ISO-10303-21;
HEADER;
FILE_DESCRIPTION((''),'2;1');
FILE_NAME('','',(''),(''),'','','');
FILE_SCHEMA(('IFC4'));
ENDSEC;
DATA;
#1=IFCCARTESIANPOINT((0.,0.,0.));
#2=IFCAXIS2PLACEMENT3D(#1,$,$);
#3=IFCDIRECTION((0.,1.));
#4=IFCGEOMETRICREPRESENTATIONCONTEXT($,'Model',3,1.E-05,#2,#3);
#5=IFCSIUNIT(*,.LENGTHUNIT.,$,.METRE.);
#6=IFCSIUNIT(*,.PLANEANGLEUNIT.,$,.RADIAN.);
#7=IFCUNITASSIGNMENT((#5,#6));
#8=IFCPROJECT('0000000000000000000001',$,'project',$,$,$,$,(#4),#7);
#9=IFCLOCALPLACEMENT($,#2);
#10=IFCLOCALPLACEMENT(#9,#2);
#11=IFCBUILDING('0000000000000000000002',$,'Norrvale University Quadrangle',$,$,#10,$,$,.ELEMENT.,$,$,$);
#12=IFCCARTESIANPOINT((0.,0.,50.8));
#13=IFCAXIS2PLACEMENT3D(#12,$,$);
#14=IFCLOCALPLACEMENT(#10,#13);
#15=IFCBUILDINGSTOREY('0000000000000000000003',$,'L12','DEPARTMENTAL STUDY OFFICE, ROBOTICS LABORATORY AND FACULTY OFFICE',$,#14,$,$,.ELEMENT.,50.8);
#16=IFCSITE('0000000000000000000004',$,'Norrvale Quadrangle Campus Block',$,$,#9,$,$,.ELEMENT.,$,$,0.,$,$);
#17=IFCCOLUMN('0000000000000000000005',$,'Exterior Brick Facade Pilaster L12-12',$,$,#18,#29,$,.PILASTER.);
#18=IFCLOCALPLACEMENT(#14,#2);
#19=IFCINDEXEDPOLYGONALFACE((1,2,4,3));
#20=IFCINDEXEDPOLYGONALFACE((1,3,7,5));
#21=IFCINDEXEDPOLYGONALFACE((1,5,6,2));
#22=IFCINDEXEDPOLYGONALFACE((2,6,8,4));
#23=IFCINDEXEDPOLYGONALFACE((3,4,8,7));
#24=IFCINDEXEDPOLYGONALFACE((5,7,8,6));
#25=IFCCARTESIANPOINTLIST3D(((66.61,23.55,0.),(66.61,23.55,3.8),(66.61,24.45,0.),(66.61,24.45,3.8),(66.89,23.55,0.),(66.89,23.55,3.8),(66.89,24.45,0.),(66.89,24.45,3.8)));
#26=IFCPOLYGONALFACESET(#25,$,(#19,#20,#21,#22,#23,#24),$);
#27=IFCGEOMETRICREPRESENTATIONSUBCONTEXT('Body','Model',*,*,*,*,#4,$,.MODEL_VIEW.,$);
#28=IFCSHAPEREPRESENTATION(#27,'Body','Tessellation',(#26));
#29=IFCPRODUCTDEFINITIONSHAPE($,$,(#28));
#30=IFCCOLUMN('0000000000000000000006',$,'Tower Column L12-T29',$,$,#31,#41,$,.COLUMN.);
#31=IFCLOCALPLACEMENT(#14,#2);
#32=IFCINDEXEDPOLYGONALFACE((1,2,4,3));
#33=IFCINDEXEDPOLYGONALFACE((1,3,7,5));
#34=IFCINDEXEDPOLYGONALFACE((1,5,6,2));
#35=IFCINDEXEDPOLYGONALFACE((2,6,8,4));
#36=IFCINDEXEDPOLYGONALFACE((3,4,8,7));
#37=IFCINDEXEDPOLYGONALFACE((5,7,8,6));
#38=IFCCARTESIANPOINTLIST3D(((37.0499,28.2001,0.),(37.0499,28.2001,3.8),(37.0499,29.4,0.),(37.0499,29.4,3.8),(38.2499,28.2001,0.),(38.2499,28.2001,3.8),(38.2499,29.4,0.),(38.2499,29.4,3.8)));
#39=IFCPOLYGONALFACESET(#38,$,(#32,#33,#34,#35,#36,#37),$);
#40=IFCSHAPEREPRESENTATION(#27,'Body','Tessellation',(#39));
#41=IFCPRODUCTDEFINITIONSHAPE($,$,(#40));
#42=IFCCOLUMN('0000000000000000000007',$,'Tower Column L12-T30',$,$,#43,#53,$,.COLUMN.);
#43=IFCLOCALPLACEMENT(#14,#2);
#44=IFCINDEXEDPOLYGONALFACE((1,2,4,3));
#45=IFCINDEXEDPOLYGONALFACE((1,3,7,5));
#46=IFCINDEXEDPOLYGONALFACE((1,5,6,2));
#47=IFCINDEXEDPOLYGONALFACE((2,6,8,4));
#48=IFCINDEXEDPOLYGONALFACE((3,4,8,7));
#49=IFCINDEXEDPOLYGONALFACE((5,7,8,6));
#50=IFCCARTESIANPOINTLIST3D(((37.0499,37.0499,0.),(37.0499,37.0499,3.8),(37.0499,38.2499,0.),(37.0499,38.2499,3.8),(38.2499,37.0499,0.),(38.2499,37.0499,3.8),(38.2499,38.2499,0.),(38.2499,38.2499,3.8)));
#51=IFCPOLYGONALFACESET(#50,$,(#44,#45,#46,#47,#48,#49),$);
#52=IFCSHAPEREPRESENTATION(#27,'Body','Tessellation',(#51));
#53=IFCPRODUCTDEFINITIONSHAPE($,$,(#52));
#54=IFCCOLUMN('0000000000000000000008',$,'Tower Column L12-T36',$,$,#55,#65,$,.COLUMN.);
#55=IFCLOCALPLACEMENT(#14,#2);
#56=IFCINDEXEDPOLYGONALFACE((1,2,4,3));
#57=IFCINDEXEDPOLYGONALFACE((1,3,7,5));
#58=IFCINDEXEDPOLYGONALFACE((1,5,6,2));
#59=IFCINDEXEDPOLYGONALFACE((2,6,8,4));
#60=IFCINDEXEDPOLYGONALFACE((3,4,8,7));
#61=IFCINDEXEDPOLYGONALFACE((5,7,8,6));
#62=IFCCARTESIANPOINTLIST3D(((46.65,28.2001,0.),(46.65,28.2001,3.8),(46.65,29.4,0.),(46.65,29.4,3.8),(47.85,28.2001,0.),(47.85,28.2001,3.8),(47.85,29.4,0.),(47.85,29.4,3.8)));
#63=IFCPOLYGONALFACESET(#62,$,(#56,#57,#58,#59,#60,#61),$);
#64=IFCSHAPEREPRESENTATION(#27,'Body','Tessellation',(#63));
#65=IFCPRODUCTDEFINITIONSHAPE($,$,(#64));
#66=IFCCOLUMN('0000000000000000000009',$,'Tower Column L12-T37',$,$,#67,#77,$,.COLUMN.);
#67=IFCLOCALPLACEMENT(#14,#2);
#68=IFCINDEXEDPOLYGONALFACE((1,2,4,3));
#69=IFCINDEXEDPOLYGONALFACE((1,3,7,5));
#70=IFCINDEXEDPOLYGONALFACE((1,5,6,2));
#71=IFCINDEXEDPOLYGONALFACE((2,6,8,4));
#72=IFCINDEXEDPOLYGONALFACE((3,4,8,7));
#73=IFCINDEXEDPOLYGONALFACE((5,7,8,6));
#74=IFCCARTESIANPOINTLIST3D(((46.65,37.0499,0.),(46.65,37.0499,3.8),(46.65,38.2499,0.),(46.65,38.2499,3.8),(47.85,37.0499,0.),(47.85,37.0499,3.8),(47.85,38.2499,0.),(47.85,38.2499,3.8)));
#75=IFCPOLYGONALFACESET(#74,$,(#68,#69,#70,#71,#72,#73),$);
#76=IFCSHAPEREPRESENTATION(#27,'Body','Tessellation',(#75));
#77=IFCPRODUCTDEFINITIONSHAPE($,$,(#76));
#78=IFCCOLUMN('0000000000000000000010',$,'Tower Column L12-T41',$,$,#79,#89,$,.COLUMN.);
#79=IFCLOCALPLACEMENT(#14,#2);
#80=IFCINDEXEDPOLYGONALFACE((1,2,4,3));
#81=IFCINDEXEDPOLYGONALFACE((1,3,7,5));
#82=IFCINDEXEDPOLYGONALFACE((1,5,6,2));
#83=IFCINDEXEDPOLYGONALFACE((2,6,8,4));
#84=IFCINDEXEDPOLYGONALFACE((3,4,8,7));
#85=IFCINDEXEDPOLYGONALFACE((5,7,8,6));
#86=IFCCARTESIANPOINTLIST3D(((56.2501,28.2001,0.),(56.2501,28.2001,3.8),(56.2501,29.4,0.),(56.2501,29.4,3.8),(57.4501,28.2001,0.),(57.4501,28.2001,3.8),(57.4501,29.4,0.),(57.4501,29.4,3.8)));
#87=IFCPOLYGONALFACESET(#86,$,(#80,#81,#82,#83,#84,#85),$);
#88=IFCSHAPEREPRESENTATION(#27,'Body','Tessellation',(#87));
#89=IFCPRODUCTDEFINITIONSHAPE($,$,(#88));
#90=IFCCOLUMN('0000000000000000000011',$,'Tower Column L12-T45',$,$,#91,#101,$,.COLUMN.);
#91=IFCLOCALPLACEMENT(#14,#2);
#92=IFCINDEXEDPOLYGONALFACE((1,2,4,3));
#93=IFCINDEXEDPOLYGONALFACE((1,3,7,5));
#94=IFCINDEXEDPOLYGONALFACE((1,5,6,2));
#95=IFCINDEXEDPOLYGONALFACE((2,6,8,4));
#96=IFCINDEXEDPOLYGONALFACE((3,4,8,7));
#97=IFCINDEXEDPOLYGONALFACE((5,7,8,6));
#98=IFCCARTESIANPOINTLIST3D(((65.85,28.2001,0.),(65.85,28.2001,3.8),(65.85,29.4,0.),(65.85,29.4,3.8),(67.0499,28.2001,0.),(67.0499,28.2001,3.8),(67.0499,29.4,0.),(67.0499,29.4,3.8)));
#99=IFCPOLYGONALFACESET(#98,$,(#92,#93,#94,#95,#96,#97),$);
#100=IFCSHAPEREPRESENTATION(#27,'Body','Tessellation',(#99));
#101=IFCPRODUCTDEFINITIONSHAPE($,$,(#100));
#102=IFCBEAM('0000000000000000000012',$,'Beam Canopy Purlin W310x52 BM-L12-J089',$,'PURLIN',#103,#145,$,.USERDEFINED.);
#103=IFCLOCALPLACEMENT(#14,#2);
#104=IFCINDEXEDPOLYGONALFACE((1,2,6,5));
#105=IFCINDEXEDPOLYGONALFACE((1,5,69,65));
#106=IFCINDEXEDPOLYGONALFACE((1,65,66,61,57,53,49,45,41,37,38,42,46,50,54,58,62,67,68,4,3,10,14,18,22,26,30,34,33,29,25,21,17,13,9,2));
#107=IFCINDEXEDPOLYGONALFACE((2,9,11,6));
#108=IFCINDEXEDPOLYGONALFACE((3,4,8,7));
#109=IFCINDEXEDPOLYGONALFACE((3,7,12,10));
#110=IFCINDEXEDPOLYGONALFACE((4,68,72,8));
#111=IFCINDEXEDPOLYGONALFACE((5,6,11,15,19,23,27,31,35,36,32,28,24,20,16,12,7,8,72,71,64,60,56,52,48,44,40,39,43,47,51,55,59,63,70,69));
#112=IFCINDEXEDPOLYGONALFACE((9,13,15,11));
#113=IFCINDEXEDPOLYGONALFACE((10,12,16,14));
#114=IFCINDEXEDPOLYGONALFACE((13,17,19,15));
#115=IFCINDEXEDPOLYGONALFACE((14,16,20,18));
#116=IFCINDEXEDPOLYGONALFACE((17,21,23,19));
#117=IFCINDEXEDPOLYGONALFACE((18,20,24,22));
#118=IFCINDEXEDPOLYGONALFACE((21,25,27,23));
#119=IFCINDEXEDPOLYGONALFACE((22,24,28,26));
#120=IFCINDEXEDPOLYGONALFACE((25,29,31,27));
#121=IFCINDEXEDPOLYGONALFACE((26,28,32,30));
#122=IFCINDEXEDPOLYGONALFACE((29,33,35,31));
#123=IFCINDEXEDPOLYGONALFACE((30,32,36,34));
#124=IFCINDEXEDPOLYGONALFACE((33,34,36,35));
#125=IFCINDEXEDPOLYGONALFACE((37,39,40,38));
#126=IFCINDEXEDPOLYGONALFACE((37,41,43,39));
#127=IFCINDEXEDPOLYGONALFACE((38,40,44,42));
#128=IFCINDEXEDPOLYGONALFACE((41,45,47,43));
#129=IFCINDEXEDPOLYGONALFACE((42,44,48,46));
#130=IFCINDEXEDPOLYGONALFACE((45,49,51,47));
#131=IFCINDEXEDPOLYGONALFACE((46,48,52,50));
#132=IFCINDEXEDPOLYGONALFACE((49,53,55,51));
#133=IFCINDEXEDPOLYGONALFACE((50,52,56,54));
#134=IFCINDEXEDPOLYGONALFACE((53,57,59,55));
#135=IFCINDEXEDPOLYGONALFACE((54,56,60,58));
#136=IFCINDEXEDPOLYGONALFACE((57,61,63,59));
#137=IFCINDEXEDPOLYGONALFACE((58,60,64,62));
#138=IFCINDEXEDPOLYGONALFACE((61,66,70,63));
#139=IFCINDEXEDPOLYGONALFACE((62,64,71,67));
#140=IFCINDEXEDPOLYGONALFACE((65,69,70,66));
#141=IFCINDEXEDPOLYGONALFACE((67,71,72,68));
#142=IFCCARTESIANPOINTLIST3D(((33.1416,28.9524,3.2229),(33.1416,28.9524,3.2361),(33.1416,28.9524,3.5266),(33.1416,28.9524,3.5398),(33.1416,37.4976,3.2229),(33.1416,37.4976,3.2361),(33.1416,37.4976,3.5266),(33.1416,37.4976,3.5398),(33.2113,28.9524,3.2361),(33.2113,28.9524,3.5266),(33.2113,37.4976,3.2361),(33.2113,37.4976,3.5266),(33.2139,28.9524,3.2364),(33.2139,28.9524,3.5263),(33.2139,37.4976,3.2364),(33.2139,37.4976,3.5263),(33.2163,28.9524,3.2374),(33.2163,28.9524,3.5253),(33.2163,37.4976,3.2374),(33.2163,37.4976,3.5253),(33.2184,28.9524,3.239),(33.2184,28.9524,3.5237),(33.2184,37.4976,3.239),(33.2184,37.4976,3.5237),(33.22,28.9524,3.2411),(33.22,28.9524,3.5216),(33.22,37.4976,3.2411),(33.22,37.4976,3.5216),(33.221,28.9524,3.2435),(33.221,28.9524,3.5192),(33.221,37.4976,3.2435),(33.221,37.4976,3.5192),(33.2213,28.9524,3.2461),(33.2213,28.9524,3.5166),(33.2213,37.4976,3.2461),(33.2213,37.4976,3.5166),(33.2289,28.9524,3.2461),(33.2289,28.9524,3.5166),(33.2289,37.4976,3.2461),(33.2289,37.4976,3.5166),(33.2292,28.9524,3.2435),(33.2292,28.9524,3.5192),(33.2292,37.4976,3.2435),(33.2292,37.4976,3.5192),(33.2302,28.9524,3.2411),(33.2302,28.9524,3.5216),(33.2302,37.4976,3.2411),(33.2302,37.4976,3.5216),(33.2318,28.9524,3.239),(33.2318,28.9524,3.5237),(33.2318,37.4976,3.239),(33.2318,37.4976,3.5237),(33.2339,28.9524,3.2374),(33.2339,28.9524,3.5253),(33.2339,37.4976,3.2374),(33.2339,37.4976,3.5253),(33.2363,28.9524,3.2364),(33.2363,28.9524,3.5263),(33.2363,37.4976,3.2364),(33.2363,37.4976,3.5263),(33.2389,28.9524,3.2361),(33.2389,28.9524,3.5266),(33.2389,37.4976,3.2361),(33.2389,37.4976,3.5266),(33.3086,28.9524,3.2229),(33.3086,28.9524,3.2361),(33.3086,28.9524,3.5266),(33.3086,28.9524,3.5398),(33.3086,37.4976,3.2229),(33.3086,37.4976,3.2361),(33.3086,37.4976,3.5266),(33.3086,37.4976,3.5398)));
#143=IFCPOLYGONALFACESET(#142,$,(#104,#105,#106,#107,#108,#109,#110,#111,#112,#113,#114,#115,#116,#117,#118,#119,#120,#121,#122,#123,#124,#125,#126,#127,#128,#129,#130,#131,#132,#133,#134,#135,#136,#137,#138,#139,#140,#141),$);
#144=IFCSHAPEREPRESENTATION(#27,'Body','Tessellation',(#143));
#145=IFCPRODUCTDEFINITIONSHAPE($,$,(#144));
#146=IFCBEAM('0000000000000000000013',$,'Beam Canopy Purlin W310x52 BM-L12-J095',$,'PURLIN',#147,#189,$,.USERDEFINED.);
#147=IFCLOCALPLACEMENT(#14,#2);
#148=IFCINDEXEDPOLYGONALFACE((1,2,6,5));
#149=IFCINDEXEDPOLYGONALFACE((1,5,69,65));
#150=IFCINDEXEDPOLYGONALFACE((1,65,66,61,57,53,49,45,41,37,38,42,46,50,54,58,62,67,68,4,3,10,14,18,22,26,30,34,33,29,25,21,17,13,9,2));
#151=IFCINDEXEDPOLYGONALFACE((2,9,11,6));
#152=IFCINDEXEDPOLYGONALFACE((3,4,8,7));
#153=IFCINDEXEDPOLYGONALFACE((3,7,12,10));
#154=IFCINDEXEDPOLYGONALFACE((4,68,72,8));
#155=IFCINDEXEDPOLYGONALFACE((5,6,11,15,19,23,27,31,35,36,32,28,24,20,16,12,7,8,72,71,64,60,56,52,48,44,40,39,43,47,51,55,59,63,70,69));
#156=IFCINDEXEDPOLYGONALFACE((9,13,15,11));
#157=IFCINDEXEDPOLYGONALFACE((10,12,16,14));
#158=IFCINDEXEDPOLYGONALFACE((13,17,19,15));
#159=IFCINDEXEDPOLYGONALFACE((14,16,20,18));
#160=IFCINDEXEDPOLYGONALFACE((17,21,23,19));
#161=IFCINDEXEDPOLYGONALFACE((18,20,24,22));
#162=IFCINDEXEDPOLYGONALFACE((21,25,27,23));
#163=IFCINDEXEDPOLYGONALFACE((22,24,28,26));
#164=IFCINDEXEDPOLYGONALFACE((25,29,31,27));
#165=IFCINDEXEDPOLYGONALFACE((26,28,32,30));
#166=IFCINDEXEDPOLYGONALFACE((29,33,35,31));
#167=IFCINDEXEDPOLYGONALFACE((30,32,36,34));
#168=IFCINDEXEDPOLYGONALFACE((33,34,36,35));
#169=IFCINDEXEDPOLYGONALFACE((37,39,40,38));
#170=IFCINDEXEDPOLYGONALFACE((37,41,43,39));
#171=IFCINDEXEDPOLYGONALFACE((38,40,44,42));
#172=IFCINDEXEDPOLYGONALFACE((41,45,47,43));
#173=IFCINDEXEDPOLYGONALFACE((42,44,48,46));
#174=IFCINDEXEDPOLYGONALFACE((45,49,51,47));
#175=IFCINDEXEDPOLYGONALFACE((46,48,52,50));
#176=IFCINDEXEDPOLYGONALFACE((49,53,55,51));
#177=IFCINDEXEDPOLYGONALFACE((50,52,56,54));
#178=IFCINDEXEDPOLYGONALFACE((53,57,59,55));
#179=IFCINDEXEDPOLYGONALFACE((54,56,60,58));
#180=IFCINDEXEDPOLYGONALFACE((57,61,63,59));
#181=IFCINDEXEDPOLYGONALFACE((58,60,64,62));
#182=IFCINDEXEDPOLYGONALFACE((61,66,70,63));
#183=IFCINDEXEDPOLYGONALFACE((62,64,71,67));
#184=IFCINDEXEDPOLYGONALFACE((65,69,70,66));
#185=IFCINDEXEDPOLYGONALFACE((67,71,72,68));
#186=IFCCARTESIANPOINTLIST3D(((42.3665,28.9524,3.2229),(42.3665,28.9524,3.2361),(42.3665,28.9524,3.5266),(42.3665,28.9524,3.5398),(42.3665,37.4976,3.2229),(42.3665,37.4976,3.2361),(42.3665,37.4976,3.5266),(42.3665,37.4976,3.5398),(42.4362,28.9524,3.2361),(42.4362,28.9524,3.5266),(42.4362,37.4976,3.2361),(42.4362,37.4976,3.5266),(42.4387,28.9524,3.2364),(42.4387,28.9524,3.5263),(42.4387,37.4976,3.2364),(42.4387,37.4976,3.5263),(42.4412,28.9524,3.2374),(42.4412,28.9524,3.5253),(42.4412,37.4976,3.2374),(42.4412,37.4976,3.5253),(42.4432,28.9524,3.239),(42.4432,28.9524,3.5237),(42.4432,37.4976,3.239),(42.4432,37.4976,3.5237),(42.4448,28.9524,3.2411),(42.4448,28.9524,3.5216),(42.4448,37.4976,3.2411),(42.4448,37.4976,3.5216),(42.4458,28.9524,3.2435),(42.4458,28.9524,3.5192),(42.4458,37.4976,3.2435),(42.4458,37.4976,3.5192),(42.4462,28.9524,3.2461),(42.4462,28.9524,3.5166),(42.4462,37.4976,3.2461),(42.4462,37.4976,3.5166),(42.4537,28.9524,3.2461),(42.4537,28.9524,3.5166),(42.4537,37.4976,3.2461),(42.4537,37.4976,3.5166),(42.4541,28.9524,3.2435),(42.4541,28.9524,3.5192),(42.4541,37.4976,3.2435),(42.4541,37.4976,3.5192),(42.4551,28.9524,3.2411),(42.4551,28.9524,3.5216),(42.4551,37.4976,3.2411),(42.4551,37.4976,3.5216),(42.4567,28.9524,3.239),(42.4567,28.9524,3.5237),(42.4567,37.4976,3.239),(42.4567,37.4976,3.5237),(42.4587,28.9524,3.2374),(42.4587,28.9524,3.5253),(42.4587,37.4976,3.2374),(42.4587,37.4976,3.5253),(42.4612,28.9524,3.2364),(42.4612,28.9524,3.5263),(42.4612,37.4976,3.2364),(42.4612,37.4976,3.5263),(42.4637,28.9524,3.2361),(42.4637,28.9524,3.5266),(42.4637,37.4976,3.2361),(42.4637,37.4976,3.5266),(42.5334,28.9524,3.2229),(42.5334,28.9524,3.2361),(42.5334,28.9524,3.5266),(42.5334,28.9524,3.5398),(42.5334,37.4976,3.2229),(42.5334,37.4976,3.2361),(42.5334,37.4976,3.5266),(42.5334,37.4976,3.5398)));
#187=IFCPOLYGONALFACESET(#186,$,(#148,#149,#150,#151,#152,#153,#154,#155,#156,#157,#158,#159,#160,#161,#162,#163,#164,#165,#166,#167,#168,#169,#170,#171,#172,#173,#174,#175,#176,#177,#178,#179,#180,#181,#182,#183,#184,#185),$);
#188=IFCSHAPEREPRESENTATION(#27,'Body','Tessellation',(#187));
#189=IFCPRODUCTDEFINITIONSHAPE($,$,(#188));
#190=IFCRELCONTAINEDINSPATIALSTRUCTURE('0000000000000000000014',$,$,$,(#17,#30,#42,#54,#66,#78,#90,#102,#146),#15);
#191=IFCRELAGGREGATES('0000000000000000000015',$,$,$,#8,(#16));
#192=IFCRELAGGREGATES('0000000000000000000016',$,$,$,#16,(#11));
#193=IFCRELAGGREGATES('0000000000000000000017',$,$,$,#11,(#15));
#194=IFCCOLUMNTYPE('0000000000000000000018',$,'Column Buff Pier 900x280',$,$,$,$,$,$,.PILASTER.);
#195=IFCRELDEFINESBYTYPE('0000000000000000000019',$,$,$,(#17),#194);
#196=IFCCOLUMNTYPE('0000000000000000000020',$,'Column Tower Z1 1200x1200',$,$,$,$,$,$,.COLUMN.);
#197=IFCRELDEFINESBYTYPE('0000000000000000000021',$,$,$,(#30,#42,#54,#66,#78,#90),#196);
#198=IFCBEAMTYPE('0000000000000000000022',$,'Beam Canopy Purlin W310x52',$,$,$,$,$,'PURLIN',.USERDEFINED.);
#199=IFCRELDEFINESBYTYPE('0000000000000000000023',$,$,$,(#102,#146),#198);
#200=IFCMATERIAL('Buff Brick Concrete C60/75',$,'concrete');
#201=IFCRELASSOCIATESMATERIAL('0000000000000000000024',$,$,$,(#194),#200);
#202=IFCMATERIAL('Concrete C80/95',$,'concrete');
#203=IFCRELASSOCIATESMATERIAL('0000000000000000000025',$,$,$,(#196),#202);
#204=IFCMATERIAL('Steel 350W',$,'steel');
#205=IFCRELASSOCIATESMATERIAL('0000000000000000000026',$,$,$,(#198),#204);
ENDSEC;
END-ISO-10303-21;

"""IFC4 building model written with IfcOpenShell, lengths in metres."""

from ifc_helpers import new_model, si_unit, direction, frame, origin, origin_2d, place, context, subcontext, project, spatial, rectangle, i_section, extrude, material, material_profile, profile_set, type_object, element, save


model = new_model("IFC4")

# Units and contexts
model_context = context("Model", 3, precision=1e-05, world=origin(), true_north=direction((0.0, 1.0)))
body_context = subcontext(model_context, "Body", "Model", "MODEL_VIEW")
ifc_project = project(units=[si_unit("LENGTHUNIT", "METRE"), si_unit("PLANEANGLEUNIT", "RADIAN")], contexts=[model_context])

# Site, building, storey
site_placement = place(None, origin())
site = spatial("IfcSite", under=ifc_project, at=site_placement, Name="Norrvale Quadrangle Campus Block", CompositionType="ELEMENT", RefElevation=0.0)
building_placement = place(site_placement, origin())
building = spatial("IfcBuilding", under=site, at=building_placement, Name="Norrvale University Quadrangle", CompositionType="ELEMENT")
storey_placement = place(building_placement, frame((0.0, 0.0, 50.8)))
storey = spatial("IfcBuildingStorey", under=building, at=storey_placement, Name="L12", Description="DEPARTMENTAL STUDY OFFICE, ROBOTICS LABORATORY AND FACULTY OFFICE", CompositionType="ELEMENT", Elevation=50.8)

# Columns
ifc_material_1 = material(Name="Buff Brick Concrete C60/75", Category="concrete")
ifc_material_profile_1 = material_profile(ifc_material_1, rectangle(XDim=0.8999, YDim=0.28, at=origin_2d()), Name="Buff Brick Concrete C60/75")
ifc_profile_set_1 = profile_set([ifc_material_profile_1], Name="Buff Brick Concrete C60/75")
column_type_1 = type_object("IfcColumnType", Name="Column Buff Pier 900x280", PredefinedType="PILASTER", material=ifc_profile_set_1)
column_placement = place(storey_placement, frame((66.75, 24.0, 0.0), z_axis=(0.0, 0.0, 1.0), x_axis=(0.0, 1.0, 0.0)))
element("IfcColumn", 1, at=column_placement, inside=storey, type_object=column_type_1, Name="Exterior Brick Facade Pilaster L12-12", PredefinedType="PILASTER", context=body_context, shape_type="SweptSolid", body=[
    extrude(rectangle(XDim=0.8999, YDim=0.28, at=origin_2d()), origin(), (0.0, 0.0, 1.0), 3.8),
])
ifc_material_2 = material(Name="Concrete C80/95", Category="concrete")
ifc_material_profile_2 = material_profile(ifc_material_2, rectangle(XDim=1.2, YDim=1.2, at=origin_2d()), Name="Concrete C80/95")
ifc_profile_set_2 = profile_set([ifc_material_profile_2], Name="Concrete C80/95")
column_type_2 = type_object("IfcColumnType", Name="Column Tower Z1 1200x1200", PredefinedType="COLUMN", material=ifc_profile_set_2)
for number, where, z_axis, x_axis, name in (
    (2, (37.6499, 28.8, 0.0), (0.0, 0.0, 1.0), (1.0, 0.0, 0.0), "Tower Column L12-T29"),
    (3, (37.6499, 37.6499, 0.0), (0.0, 0.0, 1.0), (1.0, 0.0, 0.0), "Tower Column L12-T30"),
    (4, (47.25, 28.8, 0.0), (0.0, 0.0, 1.0), (1.0, 0.0, 0.0), "Tower Column L12-T36"),
    (5, (47.25, 37.6499, 0.0), (0.0, 0.0, 1.0), (1.0, 0.0, 0.0), "Tower Column L12-T37"),
    (6, (56.8501, 28.8, 0.0), (0.0, 0.0, 1.0), (1.0, 0.0, 0.0), "Tower Column L12-T41"),
    (7, (66.45, 28.8, 0.0), (0.0, 0.0, 1.0), (1.0, 0.0, 0.0), "Tower Column L12-T45"),
):
    element("IfcColumn", number, at=place(storey_placement, frame(where, z_axis=z_axis, x_axis=x_axis)), inside=storey, type_object=column_type_2, Name=name, PredefinedType="COLUMN", context=body_context, shape_type="SweptSolid", body=[
        extrude(rectangle(XDim=1.2, YDim=1.2, at=origin_2d()), origin(), (0.0, 0.0, 1.0), 3.8),
    ])

# Beams
ifc_material_3 = material(Name="Steel 350W", Category="steel")
ifc_material_profile_3 = material_profile(ifc_material_3, i_section(OverallWidth=0.167, OverallDepth=0.3169, WebThickness=0.0076, FlangeThickness=0.0132, FilletRadius=0.01, at=origin_2d()), Name="Steel 350W")
ifc_profile_set_3 = profile_set([ifc_material_profile_3], Name="Steel 350W")
beam_type_1 = type_object("IfcBeamType", Name="Beam Canopy Purlin W310x52", ElementType="PURLIN", PredefinedType="USERDEFINED", material=ifc_profile_set_3)
for number, where, z_axis, x_axis, name in (
    (8, (33.2251, 28.9524, 3.3813), (0.0, 1.0, 0.0), (-1.0, 0.0, 0.0), "Beam Canopy Purlin W310x52 BM-L12-J089"),
    (9, (42.45, 28.9524, 3.3813), (0.0, 1.0, 0.0), (-1.0, 0.0, 0.0), "Beam Canopy Purlin W310x52 BM-L12-J095"),
):
    element("IfcBeam", number, at=place(storey_placement, frame(where, z_axis=z_axis, x_axis=x_axis)), inside=storey, type_object=beam_type_1, Name=name, ObjectType="PURLIN", PredefinedType="USERDEFINED", context=body_context, shape_type="SweptSolid", body=[
        extrude(i_section(OverallWidth=0.167, OverallDepth=0.3169, WebThickness=0.0076, FlangeThickness=0.0132, FilletRadius=0.01, at=origin_2d()), origin(), (0.0, 0.0, 1.0), 8.5452),
    ])

save(model, "model.ifc")
